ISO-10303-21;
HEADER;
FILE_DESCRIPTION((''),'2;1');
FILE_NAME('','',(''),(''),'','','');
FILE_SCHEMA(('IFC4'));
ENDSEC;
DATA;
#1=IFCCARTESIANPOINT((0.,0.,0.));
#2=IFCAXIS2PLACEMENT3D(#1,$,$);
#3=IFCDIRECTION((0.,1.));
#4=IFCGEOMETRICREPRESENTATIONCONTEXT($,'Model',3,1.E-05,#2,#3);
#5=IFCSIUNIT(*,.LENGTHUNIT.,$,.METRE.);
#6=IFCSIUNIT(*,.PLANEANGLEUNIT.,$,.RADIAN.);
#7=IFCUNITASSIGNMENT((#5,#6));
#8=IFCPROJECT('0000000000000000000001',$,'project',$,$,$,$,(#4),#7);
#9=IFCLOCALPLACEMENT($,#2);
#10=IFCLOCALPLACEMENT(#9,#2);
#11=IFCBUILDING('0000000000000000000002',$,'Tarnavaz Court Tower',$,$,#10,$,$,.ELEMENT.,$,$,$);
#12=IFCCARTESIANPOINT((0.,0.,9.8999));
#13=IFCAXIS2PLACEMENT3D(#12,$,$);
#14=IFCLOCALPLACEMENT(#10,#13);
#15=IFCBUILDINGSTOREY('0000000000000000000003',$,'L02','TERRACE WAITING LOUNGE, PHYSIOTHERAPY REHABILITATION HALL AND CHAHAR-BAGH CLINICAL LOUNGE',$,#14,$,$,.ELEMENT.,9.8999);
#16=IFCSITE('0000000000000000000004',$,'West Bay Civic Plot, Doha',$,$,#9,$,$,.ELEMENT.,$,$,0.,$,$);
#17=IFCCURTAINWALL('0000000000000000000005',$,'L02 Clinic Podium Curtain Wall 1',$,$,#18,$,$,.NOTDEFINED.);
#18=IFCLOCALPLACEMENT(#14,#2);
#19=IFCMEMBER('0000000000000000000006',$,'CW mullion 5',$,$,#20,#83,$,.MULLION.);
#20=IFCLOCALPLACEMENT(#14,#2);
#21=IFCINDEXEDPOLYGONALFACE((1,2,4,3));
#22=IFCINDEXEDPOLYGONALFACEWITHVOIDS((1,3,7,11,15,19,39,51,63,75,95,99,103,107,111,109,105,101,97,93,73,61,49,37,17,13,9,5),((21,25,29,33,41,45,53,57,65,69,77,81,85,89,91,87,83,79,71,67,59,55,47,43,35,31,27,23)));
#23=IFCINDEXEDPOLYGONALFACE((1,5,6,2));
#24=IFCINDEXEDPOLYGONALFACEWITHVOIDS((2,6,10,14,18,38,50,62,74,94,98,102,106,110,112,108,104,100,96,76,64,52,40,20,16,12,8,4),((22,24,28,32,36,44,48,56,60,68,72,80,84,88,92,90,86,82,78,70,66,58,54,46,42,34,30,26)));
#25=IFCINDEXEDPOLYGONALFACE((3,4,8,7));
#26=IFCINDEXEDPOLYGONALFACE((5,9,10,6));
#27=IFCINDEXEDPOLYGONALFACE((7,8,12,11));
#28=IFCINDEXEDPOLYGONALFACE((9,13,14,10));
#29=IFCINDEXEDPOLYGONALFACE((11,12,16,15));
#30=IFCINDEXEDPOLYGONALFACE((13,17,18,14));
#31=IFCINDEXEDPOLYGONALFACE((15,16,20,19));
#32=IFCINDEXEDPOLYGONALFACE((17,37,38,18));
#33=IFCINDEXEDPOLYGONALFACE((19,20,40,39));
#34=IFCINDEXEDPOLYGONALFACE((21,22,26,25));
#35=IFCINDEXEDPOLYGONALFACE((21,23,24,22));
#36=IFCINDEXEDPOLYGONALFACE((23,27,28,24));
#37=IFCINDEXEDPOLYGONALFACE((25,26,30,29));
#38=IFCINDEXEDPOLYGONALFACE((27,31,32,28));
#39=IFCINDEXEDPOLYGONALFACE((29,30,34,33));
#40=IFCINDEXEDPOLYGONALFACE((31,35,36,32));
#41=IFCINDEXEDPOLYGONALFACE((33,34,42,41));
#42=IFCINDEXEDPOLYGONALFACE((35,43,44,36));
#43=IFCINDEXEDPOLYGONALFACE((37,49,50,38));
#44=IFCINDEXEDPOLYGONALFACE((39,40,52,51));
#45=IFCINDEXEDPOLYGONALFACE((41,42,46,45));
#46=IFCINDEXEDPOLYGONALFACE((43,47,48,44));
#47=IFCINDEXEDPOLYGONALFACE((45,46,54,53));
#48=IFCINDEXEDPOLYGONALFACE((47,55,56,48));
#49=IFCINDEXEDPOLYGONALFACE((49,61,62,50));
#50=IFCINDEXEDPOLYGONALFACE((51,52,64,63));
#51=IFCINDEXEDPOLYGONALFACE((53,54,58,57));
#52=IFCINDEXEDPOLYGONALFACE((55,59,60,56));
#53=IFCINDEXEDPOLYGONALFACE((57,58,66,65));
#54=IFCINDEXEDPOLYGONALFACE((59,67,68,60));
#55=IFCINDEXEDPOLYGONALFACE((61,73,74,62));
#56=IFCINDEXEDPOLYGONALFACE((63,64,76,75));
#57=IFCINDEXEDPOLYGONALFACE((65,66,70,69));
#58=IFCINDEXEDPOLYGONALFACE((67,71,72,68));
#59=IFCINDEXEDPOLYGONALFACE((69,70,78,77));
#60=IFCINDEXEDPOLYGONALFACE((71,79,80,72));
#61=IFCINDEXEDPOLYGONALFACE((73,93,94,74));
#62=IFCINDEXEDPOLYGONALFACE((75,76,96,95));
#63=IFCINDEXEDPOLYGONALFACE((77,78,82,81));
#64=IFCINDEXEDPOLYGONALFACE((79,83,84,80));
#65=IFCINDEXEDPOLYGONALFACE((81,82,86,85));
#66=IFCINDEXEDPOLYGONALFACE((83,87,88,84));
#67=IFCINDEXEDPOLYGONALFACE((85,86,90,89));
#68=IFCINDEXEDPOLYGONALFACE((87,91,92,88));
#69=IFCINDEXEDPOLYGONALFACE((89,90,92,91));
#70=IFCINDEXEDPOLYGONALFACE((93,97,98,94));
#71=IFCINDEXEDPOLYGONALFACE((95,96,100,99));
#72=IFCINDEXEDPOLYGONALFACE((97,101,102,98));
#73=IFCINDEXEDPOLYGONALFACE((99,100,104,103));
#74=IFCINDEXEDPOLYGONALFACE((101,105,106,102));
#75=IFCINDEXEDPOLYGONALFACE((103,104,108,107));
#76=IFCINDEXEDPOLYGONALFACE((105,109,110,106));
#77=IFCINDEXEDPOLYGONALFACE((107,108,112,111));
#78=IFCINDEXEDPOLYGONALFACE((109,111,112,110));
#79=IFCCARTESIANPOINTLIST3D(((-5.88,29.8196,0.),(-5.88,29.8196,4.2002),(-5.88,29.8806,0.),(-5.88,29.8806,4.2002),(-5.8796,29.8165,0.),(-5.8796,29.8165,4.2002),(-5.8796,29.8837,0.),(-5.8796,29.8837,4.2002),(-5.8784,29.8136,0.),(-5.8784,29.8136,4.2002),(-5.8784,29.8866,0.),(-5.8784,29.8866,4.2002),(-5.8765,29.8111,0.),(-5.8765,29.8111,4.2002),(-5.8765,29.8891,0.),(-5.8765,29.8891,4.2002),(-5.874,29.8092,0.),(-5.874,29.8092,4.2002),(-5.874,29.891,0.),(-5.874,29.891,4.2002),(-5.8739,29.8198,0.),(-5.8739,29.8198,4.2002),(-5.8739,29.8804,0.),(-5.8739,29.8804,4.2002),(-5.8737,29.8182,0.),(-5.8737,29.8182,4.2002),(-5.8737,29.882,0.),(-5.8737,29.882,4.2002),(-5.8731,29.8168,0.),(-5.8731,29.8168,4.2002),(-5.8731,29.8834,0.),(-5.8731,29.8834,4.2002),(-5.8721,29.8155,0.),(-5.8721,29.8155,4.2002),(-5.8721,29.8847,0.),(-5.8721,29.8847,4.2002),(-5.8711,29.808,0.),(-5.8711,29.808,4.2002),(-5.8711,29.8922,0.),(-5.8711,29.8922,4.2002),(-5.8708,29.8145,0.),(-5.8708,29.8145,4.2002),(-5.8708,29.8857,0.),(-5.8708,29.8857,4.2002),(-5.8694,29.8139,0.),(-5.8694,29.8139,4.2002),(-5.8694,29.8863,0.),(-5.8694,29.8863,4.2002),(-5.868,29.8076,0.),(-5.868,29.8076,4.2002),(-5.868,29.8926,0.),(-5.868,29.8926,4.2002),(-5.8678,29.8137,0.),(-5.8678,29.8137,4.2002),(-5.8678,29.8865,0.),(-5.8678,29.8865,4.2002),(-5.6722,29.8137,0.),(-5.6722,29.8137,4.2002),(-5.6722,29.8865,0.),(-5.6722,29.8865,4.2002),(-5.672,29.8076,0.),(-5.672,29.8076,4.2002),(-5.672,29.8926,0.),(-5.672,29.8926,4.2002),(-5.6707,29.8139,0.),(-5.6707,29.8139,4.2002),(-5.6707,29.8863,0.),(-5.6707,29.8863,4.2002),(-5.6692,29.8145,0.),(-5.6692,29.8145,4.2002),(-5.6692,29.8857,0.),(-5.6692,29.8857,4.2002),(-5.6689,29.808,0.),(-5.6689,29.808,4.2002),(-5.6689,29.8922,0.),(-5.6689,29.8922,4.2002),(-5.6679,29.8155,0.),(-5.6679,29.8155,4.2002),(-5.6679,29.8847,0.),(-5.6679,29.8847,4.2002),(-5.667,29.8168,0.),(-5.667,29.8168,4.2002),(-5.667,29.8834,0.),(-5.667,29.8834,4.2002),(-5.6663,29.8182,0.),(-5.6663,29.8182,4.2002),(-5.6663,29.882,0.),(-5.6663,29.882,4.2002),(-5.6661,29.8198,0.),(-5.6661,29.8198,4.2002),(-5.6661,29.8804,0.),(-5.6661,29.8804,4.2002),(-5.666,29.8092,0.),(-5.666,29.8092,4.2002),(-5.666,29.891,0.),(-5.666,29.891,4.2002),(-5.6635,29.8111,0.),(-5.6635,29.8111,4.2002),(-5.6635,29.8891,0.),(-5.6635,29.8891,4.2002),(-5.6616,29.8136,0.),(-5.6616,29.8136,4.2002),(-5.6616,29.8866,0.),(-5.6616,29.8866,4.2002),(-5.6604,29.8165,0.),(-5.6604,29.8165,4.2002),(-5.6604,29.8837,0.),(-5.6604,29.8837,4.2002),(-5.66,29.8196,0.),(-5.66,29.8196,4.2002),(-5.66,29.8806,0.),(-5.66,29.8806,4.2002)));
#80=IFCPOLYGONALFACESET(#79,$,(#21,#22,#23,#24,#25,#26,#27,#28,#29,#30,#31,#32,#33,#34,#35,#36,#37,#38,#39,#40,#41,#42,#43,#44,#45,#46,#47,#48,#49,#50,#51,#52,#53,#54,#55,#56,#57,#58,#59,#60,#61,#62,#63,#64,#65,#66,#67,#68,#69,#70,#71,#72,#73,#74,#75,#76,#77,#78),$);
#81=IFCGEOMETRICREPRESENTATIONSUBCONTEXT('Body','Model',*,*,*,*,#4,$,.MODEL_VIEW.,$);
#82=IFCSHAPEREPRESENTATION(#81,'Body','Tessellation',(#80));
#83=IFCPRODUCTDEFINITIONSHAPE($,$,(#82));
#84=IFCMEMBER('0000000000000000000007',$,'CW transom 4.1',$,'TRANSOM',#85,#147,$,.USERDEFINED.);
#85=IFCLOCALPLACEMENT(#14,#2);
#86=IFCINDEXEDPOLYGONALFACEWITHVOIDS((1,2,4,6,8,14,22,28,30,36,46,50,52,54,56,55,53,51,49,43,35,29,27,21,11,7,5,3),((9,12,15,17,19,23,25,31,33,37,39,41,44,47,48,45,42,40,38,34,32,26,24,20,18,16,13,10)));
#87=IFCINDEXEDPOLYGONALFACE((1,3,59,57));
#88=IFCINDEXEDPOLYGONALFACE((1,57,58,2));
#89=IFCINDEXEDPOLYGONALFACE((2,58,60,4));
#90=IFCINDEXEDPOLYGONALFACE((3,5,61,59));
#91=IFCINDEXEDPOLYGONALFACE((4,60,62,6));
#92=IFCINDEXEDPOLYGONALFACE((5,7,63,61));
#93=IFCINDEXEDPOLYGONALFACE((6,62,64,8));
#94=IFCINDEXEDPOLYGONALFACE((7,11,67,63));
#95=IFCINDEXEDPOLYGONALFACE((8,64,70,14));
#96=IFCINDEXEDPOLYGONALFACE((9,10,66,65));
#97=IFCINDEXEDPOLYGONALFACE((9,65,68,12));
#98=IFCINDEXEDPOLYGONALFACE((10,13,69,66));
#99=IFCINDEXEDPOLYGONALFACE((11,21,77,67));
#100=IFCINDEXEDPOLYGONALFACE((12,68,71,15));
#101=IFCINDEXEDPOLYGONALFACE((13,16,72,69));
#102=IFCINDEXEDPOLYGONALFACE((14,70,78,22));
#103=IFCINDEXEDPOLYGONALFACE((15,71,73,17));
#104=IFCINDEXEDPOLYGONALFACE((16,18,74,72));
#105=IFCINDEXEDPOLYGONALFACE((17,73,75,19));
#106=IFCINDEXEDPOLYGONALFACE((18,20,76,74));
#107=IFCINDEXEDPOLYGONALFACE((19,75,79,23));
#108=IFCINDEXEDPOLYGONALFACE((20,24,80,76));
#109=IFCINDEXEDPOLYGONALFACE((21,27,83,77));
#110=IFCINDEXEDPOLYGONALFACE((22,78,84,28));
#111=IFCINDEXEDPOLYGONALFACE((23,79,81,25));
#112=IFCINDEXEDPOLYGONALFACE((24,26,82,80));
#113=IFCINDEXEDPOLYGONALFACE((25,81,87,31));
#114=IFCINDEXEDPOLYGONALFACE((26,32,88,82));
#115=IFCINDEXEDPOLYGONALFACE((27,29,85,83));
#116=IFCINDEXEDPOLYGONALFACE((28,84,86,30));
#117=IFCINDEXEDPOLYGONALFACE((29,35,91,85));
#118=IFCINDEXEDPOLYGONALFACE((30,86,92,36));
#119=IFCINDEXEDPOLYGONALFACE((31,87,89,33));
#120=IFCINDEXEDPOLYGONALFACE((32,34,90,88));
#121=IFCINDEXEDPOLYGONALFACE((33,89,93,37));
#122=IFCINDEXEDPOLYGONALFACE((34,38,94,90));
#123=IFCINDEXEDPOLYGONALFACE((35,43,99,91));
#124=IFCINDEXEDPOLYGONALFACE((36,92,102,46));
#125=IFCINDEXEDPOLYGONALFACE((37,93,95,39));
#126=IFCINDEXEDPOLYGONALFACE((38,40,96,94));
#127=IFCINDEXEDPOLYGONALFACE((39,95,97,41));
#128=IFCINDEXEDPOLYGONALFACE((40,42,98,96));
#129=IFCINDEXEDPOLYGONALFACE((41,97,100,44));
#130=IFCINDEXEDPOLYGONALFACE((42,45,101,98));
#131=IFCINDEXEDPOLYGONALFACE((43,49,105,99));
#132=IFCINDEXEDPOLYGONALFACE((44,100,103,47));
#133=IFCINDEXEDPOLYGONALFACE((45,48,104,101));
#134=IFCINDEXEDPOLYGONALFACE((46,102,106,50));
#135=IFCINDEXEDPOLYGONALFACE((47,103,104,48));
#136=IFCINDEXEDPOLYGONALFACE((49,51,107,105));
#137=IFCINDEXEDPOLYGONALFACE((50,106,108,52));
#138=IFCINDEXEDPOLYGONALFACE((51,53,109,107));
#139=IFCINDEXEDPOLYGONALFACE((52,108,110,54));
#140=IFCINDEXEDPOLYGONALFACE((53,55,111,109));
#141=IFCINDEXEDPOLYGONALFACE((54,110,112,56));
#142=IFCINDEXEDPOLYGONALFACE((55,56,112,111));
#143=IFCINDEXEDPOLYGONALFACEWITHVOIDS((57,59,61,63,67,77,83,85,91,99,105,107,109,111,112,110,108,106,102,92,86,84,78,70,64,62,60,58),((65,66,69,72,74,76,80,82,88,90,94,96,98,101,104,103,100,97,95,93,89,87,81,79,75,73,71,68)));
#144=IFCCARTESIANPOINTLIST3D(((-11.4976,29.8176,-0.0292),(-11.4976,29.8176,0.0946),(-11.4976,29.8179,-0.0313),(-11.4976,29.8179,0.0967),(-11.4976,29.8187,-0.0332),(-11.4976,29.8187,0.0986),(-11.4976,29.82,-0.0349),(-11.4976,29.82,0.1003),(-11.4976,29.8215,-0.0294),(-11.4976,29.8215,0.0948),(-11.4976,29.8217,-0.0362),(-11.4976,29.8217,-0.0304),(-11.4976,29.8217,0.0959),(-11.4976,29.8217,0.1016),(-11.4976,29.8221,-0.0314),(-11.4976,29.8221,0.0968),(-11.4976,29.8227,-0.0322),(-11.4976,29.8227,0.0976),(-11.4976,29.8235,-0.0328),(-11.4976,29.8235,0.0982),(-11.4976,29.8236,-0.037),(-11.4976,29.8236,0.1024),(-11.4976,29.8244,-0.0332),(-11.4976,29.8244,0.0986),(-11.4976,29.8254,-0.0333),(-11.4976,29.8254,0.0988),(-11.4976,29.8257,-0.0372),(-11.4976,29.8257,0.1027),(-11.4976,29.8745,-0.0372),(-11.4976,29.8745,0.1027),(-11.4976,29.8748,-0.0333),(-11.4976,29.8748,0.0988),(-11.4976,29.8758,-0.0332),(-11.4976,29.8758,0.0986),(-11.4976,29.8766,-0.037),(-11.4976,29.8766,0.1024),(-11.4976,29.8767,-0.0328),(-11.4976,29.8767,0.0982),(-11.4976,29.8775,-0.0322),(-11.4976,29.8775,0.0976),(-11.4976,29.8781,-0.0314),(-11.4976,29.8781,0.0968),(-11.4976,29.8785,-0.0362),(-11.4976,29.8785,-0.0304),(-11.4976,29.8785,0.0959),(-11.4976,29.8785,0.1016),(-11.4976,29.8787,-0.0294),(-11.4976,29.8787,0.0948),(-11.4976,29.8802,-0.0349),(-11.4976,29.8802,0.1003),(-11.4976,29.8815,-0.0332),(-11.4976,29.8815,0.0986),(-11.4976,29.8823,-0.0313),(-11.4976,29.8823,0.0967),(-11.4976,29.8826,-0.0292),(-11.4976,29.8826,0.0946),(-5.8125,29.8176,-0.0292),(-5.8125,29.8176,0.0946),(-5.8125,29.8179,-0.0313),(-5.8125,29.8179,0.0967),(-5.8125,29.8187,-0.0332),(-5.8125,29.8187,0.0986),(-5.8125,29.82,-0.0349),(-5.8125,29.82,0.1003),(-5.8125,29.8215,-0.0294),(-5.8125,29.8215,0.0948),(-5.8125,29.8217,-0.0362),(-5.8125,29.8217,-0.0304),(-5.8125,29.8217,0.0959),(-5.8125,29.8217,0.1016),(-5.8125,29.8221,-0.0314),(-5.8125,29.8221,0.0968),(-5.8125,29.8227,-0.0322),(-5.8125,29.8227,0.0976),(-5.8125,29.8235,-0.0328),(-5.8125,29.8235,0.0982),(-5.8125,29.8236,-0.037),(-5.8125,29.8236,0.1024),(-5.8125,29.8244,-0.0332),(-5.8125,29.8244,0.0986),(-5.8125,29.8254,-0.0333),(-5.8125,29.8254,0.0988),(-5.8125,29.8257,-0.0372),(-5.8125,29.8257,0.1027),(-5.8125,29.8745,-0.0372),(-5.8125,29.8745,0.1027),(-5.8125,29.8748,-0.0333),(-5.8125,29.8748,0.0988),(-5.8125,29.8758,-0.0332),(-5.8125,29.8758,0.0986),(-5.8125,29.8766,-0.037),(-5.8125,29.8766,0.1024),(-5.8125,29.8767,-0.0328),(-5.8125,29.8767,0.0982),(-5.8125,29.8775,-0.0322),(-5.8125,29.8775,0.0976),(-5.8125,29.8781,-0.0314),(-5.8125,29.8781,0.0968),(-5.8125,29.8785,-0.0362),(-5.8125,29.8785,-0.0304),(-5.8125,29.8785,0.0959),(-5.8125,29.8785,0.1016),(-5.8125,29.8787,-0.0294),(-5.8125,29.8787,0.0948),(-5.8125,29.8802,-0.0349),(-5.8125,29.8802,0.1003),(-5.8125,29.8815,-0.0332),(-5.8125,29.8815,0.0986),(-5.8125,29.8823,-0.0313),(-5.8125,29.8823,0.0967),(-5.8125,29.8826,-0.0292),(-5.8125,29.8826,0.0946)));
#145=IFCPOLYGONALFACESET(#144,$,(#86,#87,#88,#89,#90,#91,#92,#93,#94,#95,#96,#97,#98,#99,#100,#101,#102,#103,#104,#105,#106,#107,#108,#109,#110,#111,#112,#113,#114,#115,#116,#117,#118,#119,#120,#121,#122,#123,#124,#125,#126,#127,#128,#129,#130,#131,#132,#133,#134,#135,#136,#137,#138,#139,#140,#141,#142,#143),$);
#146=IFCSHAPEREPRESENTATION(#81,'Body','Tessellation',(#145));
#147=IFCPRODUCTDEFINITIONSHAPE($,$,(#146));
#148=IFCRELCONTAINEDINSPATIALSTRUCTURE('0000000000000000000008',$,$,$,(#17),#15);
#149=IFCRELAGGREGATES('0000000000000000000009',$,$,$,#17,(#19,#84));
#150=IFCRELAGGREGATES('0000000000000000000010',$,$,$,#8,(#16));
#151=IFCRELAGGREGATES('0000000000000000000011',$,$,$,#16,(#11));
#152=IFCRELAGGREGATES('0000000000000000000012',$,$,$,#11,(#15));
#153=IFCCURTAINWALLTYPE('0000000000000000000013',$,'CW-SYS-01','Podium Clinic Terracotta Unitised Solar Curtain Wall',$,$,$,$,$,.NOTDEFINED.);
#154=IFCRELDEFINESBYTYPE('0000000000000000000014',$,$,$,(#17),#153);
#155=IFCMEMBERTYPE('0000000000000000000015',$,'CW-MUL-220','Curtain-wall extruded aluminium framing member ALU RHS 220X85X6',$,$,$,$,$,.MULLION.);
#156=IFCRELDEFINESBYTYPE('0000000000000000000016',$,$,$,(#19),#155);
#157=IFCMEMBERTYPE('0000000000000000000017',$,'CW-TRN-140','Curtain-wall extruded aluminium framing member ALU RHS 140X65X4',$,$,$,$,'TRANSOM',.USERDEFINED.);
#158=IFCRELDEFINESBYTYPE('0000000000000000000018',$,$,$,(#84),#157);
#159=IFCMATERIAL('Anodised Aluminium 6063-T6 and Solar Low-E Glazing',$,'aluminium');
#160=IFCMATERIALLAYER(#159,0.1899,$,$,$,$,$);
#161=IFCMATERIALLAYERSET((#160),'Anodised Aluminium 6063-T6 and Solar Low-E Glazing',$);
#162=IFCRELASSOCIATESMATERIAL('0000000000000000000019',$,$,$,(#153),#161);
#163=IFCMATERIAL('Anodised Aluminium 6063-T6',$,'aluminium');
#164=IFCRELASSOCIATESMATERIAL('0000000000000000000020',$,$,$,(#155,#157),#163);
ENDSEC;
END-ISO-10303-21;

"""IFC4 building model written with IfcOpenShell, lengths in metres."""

from ifc_helpers import new_model, si_unit, direction, frame, origin, origin_2d, place, context, subcontext, project, spatial, hollow_rectangle, extrude, material, layer, layer_set, material_profile, profile_set, type_object, element, aggregate, save


model = new_model("IFC4")

# Units and contexts
model_context = context("Model", 3, precision=1e-05, world=origin(), true_north=direction((0.0, 1.0)))
body_context = subcontext(model_context, "Body", "Model", "MODEL_VIEW")
ifc_project = project(units=[si_unit("LENGTHUNIT", "METRE"), si_unit("PLANEANGLEUNIT", "RADIAN")], contexts=[model_context])

# Site, building, storey
site_placement = place(None, origin())
site = spatial("IfcSite", under=ifc_project, at=site_placement, Name="West Bay Civic Plot, Doha", CompositionType="ELEMENT", RefElevation=0.0)
building_placement = place(site_placement, origin())
building = spatial("IfcBuilding", under=site, at=building_placement, Name="Tarnavaz Court Tower", CompositionType="ELEMENT")
storey_placement = place(building_placement, frame((0.0, 0.0, 9.8999)))
storey = spatial("IfcBuildingStorey", under=building, at=storey_placement, Name="L02", Description="TERRACE WAITING LOUNGE, PHYSIOTHERAPY REHABILITATION HALL AND CHAHAR-BAGH CLINICAL LOUNGE", CompositionType="ELEMENT", Elevation=9.8999)

# Curtain wall, members
ifc_material_1 = material(Name="Anodised Aluminium 6063-T6 and Solar Low-E Glazing", Category="aluminium")
ifc_layer_1 = layer(ifc_material_1, 0.1899)
ifc_layer_set_1 = layer_set([ifc_layer_1], Name="Anodised Aluminium 6063-T6 and Solar Low-E Glazing")
curtain_wall_type = type_object("IfcCurtainWallType", Name="CW-SYS-01", Description="Podium Clinic Terracotta Unitised Solar Curtain Wall", PredefinedType="NOTDEFINED", material=ifc_layer_set_1)
curtain_wall_placement = place(storey_placement, origin())
curtain_wall = element("IfcCurtainWall", 1, at=curtain_wall_placement, inside=storey, type_object=curtain_wall_type, Name="L02 Clinic Podium Curtain Wall 1", PredefinedType="NOTDEFINED")
ifc_material_2 = material(Name="Anodised Aluminium 6063-T6", Category="aluminium")
ifc_material_profile_1 = material_profile(ifc_material_2, hollow_rectangle(XDim=0.085, YDim=0.22, WallThickness=0.0061, InnerFilletRadius=0.0061, OuterFilletRadius=0.012, at=origin_2d()), Name="ALU RHS 220X85X6")
ifc_profile_set_1 = profile_set([ifc_material_profile_1], Name="Anodised Aluminium 6063-T6")
member_type_1 = type_object("IfcMemberType", Name="CW-MUL-220", Description="Curtain-wall extruded aluminium framing member ALU RHS 220X85X6", PredefinedType="MULLION", material=ifc_profile_set_1)
member_1_placement = place(storey_placement, frame((-5.77, 29.8501, 0.0), z_axis=(0.0, 0.0, 1.0), x_axis=(0.0, 1.0, 0.0)))
member_1 = element("IfcMember", 2, at=member_1_placement, type_object=member_type_1, Name="CW mullion 5", PredefinedType="MULLION", context=body_context, shape_type="SweptSolid", body=[
    extrude(hollow_rectangle(XDim=0.085, YDim=0.22, WallThickness=0.0061, InnerFilletRadius=0.0061, OuterFilletRadius=0.012, at=origin_2d()), origin(), (0.0, 0.0, 1.0), 4.2002),
])
ifc_material_profile_2 = material_profile(ifc_material_2, hollow_rectangle(XDim=0.0649, YDim=0.1399, WallThickness=0.0039, InnerFilletRadius=0.0039, OuterFilletRadius=0.0081, at=origin_2d()), Name="ALU RHS 140X65X4")
ifc_profile_set_2 = profile_set([ifc_material_profile_2], Name="Anodised Aluminium 6063-T6")
member_type_2 = type_object("IfcMemberType", Name="CW-TRN-140", Description="Curtain-wall extruded aluminium framing member ALU RHS 140X65X4", ElementType="TRANSOM", PredefinedType="USERDEFINED", material=ifc_profile_set_2)
member_2_placement = place(storey_placement, frame((-11.4976, 29.8501, 0.0327), z_axis=(1.0, 0.0, 0.0), x_axis=(0.0, 1.0, 0.0)))
member_2 = element("IfcMember", 3, at=member_2_placement, type_object=member_type_2, Name="CW transom 4.1", ObjectType="TRANSOM", PredefinedType="USERDEFINED", context=body_context, shape_type="SweptSolid", body=[
    extrude(hollow_rectangle(XDim=0.0649, YDim=0.1399, WallThickness=0.0039, InnerFilletRadius=0.0039, OuterFilletRadius=0.0081, at=origin_2d()), origin(), (0.0, 0.0, 1.0), 5.6851),
])
aggregate(curtain_wall, [member_1, member_2])

save(model, "model.ifc")
